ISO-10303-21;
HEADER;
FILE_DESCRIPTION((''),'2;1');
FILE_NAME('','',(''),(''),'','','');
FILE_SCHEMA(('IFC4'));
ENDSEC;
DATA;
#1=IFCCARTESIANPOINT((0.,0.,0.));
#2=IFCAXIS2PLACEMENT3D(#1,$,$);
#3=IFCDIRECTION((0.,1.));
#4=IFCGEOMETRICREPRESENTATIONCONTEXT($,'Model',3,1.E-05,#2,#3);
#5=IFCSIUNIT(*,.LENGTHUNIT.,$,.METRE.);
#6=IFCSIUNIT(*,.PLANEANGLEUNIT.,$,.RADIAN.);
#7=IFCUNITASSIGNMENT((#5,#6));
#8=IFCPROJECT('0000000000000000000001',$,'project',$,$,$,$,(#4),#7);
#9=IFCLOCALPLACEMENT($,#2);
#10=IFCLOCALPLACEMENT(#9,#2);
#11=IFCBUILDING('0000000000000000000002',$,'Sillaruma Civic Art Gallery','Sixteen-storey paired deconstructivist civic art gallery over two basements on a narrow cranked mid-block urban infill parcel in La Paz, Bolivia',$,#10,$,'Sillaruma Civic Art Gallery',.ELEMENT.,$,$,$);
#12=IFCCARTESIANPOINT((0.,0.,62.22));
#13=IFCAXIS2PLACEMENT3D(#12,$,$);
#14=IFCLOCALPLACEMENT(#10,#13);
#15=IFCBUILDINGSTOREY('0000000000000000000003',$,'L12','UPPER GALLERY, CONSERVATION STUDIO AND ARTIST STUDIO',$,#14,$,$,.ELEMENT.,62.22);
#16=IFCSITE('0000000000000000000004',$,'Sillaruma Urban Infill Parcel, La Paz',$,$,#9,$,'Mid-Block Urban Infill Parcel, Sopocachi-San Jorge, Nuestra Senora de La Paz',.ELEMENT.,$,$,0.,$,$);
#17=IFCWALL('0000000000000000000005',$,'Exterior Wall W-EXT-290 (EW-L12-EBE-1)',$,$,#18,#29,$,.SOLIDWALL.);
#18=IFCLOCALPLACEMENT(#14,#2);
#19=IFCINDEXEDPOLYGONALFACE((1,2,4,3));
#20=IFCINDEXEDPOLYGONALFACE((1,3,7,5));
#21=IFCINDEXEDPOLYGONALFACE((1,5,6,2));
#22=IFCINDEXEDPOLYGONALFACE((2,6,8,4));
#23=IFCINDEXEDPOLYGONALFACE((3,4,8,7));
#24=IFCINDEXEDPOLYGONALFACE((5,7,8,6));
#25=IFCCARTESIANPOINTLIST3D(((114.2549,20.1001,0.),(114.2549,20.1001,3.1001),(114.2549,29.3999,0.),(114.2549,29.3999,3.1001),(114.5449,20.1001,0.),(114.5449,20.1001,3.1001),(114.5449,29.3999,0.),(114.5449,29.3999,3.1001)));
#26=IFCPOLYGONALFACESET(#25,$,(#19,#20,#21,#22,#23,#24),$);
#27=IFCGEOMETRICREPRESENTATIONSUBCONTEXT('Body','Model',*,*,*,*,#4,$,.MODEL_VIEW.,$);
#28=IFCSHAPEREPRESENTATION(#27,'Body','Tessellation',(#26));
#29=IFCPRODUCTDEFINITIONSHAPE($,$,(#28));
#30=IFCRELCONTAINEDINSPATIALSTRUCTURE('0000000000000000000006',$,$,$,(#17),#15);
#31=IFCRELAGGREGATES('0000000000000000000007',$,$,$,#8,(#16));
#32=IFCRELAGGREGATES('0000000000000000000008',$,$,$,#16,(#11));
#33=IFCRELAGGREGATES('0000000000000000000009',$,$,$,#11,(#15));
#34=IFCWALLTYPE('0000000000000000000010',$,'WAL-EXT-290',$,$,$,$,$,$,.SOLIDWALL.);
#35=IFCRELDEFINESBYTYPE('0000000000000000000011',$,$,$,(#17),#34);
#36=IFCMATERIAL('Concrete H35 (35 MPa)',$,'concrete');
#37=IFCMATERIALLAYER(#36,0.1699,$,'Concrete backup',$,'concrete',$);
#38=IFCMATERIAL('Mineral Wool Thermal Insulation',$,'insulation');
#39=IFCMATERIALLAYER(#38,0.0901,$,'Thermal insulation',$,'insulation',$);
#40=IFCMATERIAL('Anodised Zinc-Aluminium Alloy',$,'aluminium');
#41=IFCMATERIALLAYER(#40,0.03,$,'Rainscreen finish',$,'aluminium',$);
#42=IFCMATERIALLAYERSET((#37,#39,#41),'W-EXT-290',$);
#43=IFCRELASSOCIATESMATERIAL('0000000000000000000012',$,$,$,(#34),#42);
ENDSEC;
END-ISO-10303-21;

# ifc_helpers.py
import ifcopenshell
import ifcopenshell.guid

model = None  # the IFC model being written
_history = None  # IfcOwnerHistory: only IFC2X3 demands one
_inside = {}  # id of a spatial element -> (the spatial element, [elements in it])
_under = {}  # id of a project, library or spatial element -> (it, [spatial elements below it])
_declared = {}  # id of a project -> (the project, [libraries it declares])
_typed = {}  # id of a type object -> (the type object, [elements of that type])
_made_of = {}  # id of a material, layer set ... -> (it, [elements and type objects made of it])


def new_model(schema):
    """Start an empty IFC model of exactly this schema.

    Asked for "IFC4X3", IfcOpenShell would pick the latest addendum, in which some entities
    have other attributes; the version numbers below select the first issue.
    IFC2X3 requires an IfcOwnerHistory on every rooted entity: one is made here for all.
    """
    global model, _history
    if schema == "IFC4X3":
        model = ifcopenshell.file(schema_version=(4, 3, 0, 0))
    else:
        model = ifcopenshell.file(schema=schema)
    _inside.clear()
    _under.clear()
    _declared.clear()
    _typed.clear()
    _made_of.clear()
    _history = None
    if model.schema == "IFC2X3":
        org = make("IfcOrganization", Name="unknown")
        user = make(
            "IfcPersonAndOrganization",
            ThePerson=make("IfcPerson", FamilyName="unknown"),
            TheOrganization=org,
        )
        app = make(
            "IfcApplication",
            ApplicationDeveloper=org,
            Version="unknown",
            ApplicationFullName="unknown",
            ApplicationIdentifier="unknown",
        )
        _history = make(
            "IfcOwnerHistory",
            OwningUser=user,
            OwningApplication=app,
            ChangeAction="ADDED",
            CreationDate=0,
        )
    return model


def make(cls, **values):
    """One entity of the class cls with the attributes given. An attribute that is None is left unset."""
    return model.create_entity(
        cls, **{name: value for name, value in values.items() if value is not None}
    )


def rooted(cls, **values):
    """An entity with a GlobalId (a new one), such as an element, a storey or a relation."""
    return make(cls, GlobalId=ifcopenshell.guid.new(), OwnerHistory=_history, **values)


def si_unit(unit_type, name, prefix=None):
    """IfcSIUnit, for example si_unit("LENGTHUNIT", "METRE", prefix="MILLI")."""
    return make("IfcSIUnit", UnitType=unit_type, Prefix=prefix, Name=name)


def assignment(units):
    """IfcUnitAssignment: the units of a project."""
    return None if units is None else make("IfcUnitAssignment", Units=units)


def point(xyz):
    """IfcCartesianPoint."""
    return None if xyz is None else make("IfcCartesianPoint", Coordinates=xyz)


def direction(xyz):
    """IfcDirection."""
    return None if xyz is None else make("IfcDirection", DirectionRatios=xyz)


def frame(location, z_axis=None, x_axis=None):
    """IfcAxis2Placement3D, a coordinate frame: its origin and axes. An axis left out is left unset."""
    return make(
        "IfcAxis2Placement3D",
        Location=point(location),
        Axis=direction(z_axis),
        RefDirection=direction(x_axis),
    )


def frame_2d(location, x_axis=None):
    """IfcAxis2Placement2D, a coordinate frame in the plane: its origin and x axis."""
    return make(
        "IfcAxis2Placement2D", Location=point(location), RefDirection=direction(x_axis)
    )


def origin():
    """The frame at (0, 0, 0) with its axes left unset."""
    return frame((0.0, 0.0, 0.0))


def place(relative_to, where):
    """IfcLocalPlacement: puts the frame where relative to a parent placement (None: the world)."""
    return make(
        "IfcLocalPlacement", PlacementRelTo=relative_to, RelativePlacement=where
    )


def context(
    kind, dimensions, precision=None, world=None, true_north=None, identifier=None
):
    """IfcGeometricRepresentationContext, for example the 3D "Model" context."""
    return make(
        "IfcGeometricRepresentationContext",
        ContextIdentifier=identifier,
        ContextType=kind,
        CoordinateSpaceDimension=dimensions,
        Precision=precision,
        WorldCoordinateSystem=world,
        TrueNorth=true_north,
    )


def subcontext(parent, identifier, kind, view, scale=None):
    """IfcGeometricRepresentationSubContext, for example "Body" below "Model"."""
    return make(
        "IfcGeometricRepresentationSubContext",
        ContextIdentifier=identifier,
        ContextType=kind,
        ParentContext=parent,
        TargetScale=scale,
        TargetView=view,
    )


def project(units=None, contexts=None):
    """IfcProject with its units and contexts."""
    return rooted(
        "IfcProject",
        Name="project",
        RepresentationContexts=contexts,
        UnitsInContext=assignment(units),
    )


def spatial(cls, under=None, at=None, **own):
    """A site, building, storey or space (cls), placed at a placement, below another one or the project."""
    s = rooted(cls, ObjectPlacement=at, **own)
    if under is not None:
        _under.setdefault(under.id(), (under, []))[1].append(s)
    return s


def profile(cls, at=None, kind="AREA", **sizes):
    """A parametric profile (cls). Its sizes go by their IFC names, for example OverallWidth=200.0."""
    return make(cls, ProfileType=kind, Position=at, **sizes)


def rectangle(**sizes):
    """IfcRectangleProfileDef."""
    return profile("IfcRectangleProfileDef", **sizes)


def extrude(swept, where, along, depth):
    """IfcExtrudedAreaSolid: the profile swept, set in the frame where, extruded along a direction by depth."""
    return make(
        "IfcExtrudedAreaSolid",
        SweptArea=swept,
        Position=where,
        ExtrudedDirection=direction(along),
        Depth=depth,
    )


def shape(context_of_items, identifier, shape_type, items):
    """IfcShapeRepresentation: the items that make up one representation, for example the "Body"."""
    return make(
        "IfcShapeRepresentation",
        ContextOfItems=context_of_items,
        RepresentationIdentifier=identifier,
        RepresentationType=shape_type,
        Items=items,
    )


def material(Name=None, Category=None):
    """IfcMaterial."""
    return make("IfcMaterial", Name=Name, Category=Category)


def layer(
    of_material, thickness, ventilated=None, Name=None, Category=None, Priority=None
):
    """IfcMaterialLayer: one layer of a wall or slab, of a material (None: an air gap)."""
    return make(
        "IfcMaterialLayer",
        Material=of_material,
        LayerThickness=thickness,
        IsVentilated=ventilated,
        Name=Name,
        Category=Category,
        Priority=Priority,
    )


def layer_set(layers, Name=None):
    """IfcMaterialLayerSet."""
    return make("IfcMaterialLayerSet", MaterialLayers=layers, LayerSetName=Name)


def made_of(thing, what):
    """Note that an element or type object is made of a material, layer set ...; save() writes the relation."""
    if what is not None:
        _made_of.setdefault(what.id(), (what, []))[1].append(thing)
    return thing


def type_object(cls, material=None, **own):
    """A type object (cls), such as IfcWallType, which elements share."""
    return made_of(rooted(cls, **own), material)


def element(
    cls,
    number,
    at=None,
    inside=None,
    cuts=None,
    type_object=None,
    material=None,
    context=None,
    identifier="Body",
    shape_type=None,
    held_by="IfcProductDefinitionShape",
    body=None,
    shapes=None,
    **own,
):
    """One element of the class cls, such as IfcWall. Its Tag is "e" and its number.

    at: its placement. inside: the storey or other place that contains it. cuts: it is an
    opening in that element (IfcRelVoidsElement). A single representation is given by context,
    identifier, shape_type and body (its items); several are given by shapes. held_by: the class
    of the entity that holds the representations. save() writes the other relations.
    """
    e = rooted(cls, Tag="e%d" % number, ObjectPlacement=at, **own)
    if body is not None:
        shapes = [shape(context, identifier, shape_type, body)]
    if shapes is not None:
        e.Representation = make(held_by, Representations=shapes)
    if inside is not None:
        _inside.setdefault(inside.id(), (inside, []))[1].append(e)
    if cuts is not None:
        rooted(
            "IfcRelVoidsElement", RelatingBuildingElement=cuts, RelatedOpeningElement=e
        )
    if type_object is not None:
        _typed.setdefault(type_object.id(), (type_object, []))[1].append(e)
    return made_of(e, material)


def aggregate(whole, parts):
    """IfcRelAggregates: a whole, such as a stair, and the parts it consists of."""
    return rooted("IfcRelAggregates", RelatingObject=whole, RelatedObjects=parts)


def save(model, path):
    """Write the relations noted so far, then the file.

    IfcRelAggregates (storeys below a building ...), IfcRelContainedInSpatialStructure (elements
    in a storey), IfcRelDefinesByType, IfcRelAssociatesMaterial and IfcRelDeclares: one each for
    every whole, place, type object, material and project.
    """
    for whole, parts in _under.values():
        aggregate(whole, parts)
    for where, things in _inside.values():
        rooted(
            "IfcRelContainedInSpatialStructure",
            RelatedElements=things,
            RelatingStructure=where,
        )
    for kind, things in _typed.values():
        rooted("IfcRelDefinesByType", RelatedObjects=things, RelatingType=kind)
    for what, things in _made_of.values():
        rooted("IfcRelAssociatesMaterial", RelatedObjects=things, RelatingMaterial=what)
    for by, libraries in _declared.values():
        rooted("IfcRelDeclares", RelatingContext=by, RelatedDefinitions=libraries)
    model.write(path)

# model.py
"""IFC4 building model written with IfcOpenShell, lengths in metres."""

from ifc_helpers import new_model, si_unit, direction, frame, frame_2d, origin, place, context, subcontext, project, spatial, rectangle, extrude, material, layer, layer_set, type_object, element, save


model = new_model("IFC4")

# Units and contexts
model_context = context("Model", 3, precision=1e-05, world=origin(), true_north=direction((0.0, 1.0)))
body_context = subcontext(model_context, "Body", "Model", "MODEL_VIEW")
ifc_project = project(units=[si_unit("LENGTHUNIT", "METRE"), si_unit("PLANEANGLEUNIT", "RADIAN")], contexts=[model_context])

# Site, building, storey
site_placement = place(None, origin())
site = spatial("IfcSite", under=ifc_project, at=site_placement, Name="Sillaruma Urban Infill Parcel, La Paz", LongName="Mid-Block Urban Infill Parcel, Sopocachi-San Jorge, Nuestra Senora de La Paz", CompositionType="ELEMENT", RefElevation=0.0)
building_placement = place(site_placement, origin())
building = spatial("IfcBuilding", under=site, at=building_placement, Name="Sillaruma Civic Art Gallery", Description="Sixteen-storey paired deconstructivist civic art gallery over two basements on a narrow cranked mid-block urban infill parcel in La Paz, Bolivia", LongName="Sillaruma Civic Art Gallery", CompositionType="ELEMENT")
storey_placement = place(building_placement, frame((0.0, 0.0, 62.22)))
storey = spatial("IfcBuildingStorey", under=building, at=storey_placement, Name="L12", Description="UPPER GALLERY, CONSERVATION STUDIO AND ARTIST STUDIO", CompositionType="ELEMENT", Elevation=62.22)

# Shared definitions
ifc_material_1 = material(Name="Concrete H35 (35 MPa)", Category="concrete")

# Wall
ifc_layer_1 = layer(ifc_material_1, 0.1699, Name="Concrete backup", Category="concrete")
ifc_material_2 = material(Name="Mineral Wool Thermal Insulation", Category="insulation")
ifc_layer_2 = layer(ifc_material_2, 0.0901, Name="Thermal insulation", Category="insulation")
ifc_material_3 = material(Name="Anodised Zinc-Aluminium Alloy", Category="aluminium")
ifc_layer_3 = layer(ifc_material_3, 0.03, Name="Rainscreen finish", Category="aluminium")
ifc_layer_set_1 = layer_set([ifc_layer_1, ifc_layer_2, ifc_layer_3], Name="W-EXT-290")
wall_type = type_object("IfcWallType", Name="WAL-EXT-290", PredefinedType="SOLIDWALL", material=ifc_layer_set_1)
wall_placement = place(storey_placement, frame((114.3999, 20.1001, 0.0), z_axis=(0.0, 0.0, 1.0), x_axis=(0.0, 1.0, 0.0)))
element("IfcWall", 1, at=wall_placement, inside=storey, type_object=wall_type, Name="Exterior Wall W-EXT-290 (EW-L12-EBE-1)", PredefinedType="SOLIDWALL", context=body_context, shape_type="SweptSolid", body=[
    extrude(rectangle(XDim=9.2998, YDim=0.29, at=frame_2d((4.6499, 0.0))), origin(), (0.0, 0.0, 1.0), 3.1001),
])

save(model, "model.ifc")
